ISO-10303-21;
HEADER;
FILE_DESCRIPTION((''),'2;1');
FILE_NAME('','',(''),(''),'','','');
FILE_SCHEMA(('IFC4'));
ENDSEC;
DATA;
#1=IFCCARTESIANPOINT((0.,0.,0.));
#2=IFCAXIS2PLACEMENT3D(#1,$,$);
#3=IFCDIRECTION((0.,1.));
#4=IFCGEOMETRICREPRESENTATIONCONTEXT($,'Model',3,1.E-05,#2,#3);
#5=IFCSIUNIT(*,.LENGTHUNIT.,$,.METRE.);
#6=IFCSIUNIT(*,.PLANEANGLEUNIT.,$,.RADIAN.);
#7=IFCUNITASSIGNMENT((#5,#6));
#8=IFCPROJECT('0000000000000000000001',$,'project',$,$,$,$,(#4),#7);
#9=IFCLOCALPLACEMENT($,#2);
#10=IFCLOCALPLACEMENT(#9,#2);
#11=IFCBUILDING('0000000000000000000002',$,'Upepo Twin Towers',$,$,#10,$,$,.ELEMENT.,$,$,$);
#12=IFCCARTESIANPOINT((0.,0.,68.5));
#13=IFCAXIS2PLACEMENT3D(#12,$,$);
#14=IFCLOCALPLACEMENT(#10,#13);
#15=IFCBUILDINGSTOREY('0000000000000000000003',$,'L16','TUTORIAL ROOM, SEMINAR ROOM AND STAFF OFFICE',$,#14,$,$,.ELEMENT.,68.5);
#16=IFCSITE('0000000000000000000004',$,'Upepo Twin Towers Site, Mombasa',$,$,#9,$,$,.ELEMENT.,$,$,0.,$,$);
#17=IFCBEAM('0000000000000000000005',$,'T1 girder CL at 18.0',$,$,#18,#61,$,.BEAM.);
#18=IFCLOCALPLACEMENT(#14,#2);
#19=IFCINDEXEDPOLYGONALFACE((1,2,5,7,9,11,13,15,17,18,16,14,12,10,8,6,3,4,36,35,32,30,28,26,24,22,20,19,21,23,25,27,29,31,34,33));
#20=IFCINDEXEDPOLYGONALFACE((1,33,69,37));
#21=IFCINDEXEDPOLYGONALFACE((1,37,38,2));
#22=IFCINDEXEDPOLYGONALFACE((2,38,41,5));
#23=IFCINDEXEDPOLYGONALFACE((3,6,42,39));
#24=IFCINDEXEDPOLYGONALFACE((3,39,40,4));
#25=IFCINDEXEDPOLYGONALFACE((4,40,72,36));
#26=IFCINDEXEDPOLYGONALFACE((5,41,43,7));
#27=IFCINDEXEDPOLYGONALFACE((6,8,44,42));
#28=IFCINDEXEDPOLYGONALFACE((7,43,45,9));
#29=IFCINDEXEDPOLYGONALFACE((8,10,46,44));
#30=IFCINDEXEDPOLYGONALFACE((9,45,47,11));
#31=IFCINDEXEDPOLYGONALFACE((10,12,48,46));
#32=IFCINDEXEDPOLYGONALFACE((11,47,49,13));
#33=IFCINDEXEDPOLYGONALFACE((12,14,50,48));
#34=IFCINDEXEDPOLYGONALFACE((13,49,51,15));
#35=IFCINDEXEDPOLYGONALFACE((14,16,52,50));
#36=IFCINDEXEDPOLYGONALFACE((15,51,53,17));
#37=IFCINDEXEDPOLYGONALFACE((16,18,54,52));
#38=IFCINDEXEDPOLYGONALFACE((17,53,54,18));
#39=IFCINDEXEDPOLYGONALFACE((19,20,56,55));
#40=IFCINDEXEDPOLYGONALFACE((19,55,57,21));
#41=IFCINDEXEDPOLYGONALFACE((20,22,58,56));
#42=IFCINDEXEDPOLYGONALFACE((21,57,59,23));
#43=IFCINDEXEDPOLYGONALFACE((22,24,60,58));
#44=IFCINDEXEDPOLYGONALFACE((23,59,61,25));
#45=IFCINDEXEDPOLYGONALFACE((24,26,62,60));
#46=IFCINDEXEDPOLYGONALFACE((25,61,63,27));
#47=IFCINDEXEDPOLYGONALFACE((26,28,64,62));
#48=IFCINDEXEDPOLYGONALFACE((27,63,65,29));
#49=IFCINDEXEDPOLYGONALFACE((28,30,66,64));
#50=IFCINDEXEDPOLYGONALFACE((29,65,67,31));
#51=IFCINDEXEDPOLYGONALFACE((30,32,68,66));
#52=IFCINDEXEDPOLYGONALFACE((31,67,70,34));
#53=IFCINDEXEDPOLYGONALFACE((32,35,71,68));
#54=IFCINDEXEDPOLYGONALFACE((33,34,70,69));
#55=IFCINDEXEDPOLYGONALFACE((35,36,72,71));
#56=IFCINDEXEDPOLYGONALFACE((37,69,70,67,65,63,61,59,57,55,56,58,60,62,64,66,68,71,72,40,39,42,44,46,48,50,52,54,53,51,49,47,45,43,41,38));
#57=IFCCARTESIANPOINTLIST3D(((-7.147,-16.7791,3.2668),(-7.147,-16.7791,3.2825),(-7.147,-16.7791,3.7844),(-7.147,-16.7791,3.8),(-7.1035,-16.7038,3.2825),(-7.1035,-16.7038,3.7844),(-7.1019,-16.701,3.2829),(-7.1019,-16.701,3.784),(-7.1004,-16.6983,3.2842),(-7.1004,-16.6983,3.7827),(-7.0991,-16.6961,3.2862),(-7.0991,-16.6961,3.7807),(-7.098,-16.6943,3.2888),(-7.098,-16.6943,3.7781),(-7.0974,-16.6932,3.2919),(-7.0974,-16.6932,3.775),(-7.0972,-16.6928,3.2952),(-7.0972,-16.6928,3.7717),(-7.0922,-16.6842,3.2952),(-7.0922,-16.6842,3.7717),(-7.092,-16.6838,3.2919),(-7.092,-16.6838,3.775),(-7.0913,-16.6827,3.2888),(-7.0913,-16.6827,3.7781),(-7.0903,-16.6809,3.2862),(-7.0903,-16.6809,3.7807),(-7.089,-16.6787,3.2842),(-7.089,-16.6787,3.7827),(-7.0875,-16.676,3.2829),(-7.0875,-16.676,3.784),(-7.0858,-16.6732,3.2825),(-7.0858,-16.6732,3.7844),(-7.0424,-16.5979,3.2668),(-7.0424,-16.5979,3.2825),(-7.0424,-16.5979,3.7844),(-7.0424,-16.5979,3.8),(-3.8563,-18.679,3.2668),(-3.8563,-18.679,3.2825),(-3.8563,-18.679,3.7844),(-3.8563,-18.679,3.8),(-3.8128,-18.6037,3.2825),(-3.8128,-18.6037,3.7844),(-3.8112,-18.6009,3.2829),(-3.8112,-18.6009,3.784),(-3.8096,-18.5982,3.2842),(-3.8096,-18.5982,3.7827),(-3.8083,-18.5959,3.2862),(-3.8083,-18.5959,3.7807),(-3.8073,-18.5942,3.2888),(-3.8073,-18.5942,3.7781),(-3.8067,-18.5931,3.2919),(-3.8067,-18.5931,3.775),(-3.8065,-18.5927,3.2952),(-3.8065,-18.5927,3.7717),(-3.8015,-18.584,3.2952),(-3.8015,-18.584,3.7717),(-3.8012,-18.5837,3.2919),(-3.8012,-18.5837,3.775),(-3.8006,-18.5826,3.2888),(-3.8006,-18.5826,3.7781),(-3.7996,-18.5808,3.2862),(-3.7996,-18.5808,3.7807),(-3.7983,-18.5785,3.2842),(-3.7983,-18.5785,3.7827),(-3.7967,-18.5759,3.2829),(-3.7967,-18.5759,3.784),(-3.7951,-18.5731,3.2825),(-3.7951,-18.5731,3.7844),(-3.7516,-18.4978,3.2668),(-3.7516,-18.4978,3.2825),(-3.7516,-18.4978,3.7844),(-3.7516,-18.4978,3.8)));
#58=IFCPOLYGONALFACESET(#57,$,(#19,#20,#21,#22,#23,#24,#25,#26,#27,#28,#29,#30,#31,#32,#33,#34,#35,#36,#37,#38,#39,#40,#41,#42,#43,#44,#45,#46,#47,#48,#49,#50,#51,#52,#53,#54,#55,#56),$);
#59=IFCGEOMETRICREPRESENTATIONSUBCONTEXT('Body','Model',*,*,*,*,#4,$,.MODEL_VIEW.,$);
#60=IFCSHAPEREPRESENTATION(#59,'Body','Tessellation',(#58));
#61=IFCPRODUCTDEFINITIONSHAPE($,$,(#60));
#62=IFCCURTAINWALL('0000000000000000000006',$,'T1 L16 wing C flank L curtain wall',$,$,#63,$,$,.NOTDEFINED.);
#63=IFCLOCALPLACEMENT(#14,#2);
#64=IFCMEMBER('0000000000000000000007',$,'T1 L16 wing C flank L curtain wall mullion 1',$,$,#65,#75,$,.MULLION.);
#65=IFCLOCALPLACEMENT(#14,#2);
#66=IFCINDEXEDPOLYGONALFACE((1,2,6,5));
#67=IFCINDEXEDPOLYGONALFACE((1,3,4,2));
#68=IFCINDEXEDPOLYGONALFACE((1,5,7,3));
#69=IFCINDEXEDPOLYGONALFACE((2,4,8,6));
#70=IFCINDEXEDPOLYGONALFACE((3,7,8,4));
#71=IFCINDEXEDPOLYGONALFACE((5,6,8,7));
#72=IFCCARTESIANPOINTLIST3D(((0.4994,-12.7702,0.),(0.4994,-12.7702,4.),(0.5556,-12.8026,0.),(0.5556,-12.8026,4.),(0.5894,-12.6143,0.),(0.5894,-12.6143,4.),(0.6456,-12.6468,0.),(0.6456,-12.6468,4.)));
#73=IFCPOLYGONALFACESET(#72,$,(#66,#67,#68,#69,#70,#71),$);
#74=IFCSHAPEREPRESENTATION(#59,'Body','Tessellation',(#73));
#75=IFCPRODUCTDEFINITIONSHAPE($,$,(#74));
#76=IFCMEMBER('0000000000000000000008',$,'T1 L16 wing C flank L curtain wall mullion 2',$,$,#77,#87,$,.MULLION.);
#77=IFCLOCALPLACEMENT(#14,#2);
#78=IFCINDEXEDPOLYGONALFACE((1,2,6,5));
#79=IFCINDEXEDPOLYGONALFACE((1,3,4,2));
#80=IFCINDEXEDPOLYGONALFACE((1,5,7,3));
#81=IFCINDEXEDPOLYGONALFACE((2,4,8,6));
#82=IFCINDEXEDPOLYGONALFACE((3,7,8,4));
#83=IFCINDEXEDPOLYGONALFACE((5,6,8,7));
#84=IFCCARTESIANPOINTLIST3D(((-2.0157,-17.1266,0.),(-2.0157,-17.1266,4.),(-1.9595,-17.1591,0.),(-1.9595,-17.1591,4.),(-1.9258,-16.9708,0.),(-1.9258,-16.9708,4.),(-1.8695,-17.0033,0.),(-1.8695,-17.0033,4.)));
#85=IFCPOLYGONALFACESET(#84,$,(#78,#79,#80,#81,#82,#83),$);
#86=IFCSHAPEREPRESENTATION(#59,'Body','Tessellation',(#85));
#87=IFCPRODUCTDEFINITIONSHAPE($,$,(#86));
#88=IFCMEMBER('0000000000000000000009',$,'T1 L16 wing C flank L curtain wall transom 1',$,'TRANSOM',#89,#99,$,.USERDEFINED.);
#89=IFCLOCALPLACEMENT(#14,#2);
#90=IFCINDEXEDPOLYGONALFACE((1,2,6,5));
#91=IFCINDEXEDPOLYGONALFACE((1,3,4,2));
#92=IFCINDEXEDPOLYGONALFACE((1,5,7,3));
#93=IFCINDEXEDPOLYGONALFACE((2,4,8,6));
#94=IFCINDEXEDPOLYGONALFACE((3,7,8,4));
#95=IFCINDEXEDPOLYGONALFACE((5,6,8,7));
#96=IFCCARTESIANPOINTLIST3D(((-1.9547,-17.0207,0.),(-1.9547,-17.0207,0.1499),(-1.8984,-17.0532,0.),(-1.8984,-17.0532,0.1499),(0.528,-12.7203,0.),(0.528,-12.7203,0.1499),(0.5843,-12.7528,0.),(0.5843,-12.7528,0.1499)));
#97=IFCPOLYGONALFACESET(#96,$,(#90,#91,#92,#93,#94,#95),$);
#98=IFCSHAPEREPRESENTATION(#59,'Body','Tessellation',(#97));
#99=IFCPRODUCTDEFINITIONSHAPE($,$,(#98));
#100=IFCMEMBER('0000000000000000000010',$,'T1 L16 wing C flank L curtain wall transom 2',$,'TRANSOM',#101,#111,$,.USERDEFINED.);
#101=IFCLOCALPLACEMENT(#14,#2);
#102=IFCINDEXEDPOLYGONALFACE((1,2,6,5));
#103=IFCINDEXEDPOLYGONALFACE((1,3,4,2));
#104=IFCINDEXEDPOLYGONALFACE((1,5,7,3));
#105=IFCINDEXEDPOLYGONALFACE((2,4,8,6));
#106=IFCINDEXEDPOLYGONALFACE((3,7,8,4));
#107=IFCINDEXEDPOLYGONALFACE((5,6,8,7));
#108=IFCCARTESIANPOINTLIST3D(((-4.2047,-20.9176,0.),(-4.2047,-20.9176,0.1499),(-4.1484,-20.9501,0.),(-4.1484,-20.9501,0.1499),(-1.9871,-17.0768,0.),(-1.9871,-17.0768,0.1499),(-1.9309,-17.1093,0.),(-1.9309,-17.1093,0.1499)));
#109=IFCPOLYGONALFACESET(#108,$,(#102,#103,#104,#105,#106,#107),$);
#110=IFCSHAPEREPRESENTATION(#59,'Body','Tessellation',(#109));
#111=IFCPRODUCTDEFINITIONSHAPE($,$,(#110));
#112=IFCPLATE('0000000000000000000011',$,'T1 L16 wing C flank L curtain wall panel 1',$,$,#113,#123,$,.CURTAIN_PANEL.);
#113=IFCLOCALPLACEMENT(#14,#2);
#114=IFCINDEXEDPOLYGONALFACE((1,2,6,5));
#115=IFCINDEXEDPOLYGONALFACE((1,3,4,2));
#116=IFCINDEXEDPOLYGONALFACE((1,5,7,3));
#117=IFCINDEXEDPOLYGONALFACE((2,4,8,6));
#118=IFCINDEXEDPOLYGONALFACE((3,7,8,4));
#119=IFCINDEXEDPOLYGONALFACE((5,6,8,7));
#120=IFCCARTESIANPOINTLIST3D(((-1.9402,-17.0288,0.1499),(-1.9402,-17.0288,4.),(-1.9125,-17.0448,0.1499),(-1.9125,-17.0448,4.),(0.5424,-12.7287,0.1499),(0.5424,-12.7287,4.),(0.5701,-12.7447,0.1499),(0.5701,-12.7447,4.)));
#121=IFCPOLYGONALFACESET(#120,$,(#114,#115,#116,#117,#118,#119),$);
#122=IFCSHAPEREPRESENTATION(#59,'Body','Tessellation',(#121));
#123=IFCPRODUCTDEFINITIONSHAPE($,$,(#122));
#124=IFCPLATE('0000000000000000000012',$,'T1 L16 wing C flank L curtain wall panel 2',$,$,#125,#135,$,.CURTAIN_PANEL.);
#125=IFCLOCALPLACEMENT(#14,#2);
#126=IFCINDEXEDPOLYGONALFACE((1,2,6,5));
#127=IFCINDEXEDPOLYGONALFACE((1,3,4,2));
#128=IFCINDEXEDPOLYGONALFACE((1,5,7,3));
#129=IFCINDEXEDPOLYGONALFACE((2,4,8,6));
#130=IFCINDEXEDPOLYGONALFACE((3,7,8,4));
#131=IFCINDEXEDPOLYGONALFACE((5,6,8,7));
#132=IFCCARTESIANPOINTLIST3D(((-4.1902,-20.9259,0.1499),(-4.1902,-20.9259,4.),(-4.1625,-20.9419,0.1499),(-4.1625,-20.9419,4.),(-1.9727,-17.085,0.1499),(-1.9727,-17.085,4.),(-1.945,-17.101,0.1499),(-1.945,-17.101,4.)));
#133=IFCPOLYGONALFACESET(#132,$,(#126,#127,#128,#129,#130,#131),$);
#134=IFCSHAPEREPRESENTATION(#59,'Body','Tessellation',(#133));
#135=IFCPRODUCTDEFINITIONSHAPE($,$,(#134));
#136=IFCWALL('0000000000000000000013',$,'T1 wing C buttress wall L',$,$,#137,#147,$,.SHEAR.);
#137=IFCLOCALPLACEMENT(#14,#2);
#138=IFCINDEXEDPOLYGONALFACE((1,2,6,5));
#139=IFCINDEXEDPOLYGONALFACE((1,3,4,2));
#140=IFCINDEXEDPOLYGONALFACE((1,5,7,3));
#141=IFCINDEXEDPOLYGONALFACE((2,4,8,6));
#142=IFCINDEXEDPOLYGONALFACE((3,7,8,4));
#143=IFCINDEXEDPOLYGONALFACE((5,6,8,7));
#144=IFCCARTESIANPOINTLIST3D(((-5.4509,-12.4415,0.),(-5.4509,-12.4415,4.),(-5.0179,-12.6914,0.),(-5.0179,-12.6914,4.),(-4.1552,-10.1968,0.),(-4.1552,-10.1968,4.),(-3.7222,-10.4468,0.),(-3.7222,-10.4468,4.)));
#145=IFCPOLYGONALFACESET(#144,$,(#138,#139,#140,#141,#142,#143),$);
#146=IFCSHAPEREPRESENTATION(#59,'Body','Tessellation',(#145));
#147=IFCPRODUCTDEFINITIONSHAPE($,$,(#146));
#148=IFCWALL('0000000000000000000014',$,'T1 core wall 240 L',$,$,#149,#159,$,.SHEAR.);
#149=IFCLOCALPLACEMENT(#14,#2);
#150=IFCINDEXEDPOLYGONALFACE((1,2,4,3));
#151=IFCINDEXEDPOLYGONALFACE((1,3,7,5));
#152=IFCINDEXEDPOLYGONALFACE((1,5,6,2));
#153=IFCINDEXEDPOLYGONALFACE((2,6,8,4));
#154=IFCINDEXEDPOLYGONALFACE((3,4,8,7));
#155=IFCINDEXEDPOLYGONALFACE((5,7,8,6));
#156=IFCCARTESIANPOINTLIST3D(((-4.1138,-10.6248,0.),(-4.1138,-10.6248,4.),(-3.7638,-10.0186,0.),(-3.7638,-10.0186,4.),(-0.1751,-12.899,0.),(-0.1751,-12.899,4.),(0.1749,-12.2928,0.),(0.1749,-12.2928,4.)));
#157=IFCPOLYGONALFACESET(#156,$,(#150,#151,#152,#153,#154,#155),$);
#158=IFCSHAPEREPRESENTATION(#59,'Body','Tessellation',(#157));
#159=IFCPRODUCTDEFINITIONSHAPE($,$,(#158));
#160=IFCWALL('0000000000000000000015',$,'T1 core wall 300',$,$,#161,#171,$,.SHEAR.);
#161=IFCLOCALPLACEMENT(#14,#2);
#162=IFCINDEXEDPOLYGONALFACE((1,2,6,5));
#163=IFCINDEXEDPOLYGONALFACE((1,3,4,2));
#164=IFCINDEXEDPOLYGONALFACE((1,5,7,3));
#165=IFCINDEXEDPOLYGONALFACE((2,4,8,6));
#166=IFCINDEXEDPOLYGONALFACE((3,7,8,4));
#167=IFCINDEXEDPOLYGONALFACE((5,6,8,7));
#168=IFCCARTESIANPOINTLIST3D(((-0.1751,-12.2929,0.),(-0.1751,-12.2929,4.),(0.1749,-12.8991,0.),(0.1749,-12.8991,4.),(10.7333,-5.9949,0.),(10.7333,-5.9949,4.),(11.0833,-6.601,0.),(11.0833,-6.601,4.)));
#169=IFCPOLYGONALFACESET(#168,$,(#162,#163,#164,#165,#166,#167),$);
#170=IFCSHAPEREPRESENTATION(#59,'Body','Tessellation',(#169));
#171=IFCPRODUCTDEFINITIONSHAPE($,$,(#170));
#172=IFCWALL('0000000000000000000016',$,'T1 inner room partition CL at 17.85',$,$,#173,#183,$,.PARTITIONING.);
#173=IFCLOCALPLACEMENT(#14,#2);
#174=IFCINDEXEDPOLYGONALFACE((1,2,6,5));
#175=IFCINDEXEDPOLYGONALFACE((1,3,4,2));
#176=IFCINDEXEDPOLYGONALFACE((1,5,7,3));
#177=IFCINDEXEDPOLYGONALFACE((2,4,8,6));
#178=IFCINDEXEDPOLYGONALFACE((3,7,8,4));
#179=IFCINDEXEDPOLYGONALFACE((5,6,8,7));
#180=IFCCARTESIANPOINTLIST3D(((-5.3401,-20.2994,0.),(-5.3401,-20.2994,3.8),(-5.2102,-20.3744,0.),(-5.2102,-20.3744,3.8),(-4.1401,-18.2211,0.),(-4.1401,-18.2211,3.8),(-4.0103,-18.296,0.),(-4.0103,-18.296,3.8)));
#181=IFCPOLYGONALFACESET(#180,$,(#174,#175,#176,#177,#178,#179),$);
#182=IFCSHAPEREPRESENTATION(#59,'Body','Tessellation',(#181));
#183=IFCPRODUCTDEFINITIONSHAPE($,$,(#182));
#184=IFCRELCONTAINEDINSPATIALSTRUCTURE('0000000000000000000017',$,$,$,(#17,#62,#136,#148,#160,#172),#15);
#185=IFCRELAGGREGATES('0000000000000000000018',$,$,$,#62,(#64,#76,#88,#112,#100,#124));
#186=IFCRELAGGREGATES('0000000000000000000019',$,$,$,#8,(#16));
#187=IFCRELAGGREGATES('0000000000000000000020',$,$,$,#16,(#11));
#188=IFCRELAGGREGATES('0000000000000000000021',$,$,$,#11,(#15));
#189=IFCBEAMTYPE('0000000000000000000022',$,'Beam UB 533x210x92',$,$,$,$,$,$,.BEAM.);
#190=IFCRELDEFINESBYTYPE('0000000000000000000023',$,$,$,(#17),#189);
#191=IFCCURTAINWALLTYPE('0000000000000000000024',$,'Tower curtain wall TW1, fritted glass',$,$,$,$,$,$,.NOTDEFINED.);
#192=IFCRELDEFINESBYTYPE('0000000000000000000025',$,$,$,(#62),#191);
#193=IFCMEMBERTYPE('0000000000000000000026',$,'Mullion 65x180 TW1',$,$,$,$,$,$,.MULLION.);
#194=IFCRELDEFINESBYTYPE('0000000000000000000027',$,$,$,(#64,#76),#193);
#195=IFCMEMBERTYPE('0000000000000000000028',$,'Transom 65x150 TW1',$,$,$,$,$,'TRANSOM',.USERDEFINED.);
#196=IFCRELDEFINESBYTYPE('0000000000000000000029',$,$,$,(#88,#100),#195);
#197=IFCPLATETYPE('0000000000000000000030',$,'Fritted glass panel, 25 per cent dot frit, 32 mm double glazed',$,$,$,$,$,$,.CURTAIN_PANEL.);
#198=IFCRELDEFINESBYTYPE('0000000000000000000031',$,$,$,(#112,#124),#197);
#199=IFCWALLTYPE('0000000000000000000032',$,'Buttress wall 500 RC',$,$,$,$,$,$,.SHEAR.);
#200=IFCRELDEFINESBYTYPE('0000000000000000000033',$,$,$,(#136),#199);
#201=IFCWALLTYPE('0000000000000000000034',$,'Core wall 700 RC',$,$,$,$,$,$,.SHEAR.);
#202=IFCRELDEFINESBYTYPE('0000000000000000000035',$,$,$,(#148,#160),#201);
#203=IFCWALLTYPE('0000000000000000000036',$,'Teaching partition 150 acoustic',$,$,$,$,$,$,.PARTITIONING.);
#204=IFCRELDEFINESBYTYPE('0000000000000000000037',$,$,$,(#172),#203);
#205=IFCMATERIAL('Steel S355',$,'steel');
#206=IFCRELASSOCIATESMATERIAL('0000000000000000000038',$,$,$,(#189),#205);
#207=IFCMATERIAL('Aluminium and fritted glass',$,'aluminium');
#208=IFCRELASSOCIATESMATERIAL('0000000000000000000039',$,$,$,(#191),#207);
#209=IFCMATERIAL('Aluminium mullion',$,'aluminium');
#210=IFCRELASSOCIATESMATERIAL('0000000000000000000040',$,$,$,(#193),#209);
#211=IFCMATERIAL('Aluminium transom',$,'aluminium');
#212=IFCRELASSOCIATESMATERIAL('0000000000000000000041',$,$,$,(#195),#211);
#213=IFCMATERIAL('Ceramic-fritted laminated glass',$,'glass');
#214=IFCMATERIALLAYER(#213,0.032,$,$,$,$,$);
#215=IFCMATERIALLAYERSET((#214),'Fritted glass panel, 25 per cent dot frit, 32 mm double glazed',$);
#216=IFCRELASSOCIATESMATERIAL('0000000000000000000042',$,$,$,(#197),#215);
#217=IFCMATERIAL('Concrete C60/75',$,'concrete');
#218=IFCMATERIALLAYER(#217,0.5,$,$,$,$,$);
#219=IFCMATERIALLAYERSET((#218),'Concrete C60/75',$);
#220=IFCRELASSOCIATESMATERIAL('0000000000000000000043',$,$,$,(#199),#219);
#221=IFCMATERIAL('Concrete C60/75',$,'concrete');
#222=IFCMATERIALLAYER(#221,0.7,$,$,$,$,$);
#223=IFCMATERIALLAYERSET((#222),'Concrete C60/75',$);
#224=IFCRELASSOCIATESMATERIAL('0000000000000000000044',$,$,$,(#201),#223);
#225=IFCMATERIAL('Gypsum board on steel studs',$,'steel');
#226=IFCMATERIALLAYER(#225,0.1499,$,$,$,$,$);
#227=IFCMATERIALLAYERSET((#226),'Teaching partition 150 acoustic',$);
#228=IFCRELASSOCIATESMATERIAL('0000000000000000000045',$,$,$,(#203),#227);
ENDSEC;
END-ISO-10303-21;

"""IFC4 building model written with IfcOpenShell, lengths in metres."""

from ifc_helpers import new_model, si_unit, direction, frame, frame_2d, origin, origin_2d, place, context, subcontext, project, spatial, rectangle, i_section, extrude, material, layer, layer_set, material_profile, profile_set, type_object, element, aggregate, save


model = new_model("IFC4")

# Units and contexts
model_context = context("Model", 3, precision=1e-05, world=origin(), true_north=direction((0.0, 1.0)))
body_context = subcontext(model_context, "Body", "Model", "MODEL_VIEW")
ifc_project = project(units=[si_unit("LENGTHUNIT", "METRE"), si_unit("PLANEANGLEUNIT", "RADIAN")], contexts=[model_context])

# Site, building, storey
site_placement = place(None, origin())
site = spatial("IfcSite", under=ifc_project, at=site_placement, Name="Upepo Twin Towers Site, Mombasa", CompositionType="ELEMENT", RefElevation=0.0)
building_placement = place(site_placement, origin())
building = spatial("IfcBuilding", under=site, at=building_placement, Name="Upepo Twin Towers", CompositionType="ELEMENT")
storey_placement = place(building_placement, frame((0.0, 0.0, 68.5)))
storey = spatial("IfcBuildingStorey", under=building, at=storey_placement, Name="L16", Description="TUTORIAL ROOM, SEMINAR ROOM AND STAFF OFFICE", CompositionType="ELEMENT", Elevation=68.5)

# Beam
ifc_material_1 = material(Name="Steel S355", Category="steel")
ifc_material_profile_1 = material_profile(ifc_material_1, i_section(OverallWidth=0.2092, OverallDepth=0.5332, WebThickness=0.01, FlangeThickness=0.0156, FilletRadius=0.0127, at=origin_2d()), Name="UB 533x210x92")
ifc_profile_set_1 = profile_set([ifc_material_profile_1], Name="Steel S355")
beam_type_1 = type_object("IfcBeamType", Name="Beam UB 533x210x92", PredefinedType="BEAM", material=ifc_profile_set_1)
beam_1_placement = place(storey_placement, frame((-3.804, -18.5884, 3.5334), z_axis=(-0.866028, 0.499995, 0.0), x_axis=(-0.499995, -0.866028, 0.0)))
element("IfcBeam", 1, at=beam_1_placement, inside=storey, type_object=beam_type_1, Name="T1 girder CL at 18.0", PredefinedType="BEAM", context=body_context, shape_type="SweptSolid", body=[
    extrude(i_section(OverallWidth=0.2092, OverallDepth=0.5332, WebThickness=0.01, FlangeThickness=0.0156, FilletRadius=0.0127, at=origin_2d()), origin(), (0.0, 0.0, 1.0), 3.7998),
])

# Curtain wall, members, plates
ifc_material_2 = material(Name="Aluminium and fritted glass", Category="aluminium")
curtain_wall_type = type_object("IfcCurtainWallType", Name="Tower curtain wall TW1, fritted glass", PredefinedType="NOTDEFINED", material=ifc_material_2)
curtain_wall_placement = place(storey_placement, origin())
curtain_wall = element("IfcCurtainWall", 2, at=curtain_wall_placement, inside=storey, type_object=curtain_wall_type, Name="T1 L16 wing C flank L curtain wall", PredefinedType="NOTDEFINED")
ifc_material_3 = material(Name="Aluminium mullion", Category="aluminium")
ifc_material_profile_2 = material_profile(ifc_material_3, rectangle(XDim=0.0649, YDim=0.1799, at=origin_2d()), Name="MULLION 65x180")
ifc_profile_set_2 = profile_set([ifc_material_profile_2], Name="Aluminium mullion")
member_type_1 = type_object("IfcMemberType", Name="Mullion 65x180 TW1", PredefinedType="MULLION", material=ifc_profile_set_2)
member_1_placement = place(storey_placement, frame((0.5725, -12.7085, 0.0), z_axis=(0.0, 0.0, 1.0), x_axis=(0.866025, -0.5, 0.0)))
member_1 = element("IfcMember", 3, at=member_1_placement, type_object=member_type_1, Name="T1 L16 wing C flank L curtain wall mullion 1", PredefinedType="MULLION", context=body_context, shape_type="SweptSolid", body=[
    extrude(rectangle(XDim=0.0649, YDim=0.1799, at=origin_2d()), origin(), (0.0, 0.0, 1.0), 4.0),
])
member_2_placement = place(storey_placement, frame((-1.9426, -17.0649, 0.0), z_axis=(0.0, 0.0, 1.0), x_axis=(0.866025, -0.5, 0.0)))
member_2 = element("IfcMember", 4, at=member_2_placement, type_object=member_type_1, Name="T1 L16 wing C flank L curtain wall mullion 2", PredefinedType="MULLION", context=body_context, shape_type="SweptSolid", body=[
    extrude(rectangle(XDim=0.0649, YDim=0.1799, at=origin_2d()), origin(), (0.0, 0.0, 1.0), 4.0),
])
ifc_material_4 = material(Name="Aluminium transom", Category="aluminium")
ifc_material_profile_3 = material_profile(ifc_material_4, rectangle(XDim=0.0649, YDim=0.1499, at=origin_2d()), Name="TRANSOM 65x150")
ifc_profile_set_3 = profile_set([ifc_material_profile_3], Name="Aluminium transom")
member_type_2 = type_object("IfcMemberType", Name="Transom 65x150 TW1", ElementType="TRANSOM", PredefinedType="USERDEFINED", material=ifc_profile_set_3)
member_3_placement = place(storey_placement, frame((0.5562, -12.7366, 0.075), z_axis=(-0.499983, -0.866035, 0.0), x_axis=(0.866035, -0.499983, 0.0)))
member_3 = element("IfcMember", 5, at=member_3_placement, type_object=member_type_2, Name="T1 L16 wing C flank L curtain wall transom 1", ObjectType="TRANSOM", PredefinedType="USERDEFINED", context=body_context, shape_type="SweptSolid", body=[
    extrude(rectangle(XDim=0.0649, YDim=0.1499, at=origin_2d()), origin(), (0.0, 0.0, 1.0), 4.9656),
])
member_4_placement = place(storey_placement, frame((-1.959, -17.093, 0.075), z_axis=(-0.500005, -0.866022, 0.0), x_axis=(0.866022, -0.500005, 0.0)))
member_4 = element("IfcMember", 6, at=member_4_placement, type_object=member_type_2, Name="T1 L16 wing C flank L curtain wall transom 2", ObjectType="TRANSOM", PredefinedType="USERDEFINED", context=body_context, shape_type="SweptSolid", body=[
    extrude(rectangle(XDim=0.0649, YDim=0.1499, at=origin_2d()), origin(), (0.0, 0.0, 1.0), 4.4351),
])
ifc_material_5 = material(Name="Ceramic-fritted laminated glass", Category="glass")
ifc_layer_1 = layer(ifc_material_5, 0.032)
ifc_layer_set_1 = layer_set([ifc_layer_1], Name="Fritted glass panel, 25 per cent dot frit, 32 mm double glazed")
plate_type = type_object("IfcPlateType", Name="Fritted glass panel, 25 per cent dot frit, 32 mm double glazed", PredefinedType="CURTAIN_PANEL", material=ifc_layer_set_1)
plate_1_placement = place(storey_placement, frame((-0.6851, -14.8867, 0.1499), z_axis=(0.0, 0.0, 1.0), x_axis=(-0.5, -0.866025, 0.0)))
plate_1 = element("IfcPlate", 7, at=plate_1_placement, type_object=plate_type, Name="T1 L16 wing C flank L curtain wall panel 1", PredefinedType="CURTAIN_PANEL", context=body_context, shape_type="SweptSolid", body=[
    extrude(rectangle(XDim=4.9653, YDim=0.032, at=origin_2d()), origin(), (0.0, 0.0, 1.0), 3.8501),
])
plate_2_placement = place(storey_placement, frame((-3.0676, -19.0134, 0.1499), z_axis=(0.0, 0.0, 1.0), x_axis=(-0.5, -0.866025, 0.0)))
plate_2 = element("IfcPlate", 8, at=plate_2_placement, type_object=plate_type, Name="T1 L16 wing C flank L curtain wall panel 2", PredefinedType="CURTAIN_PANEL", context=body_context, shape_type="SweptSolid", body=[
    extrude(rectangle(XDim=4.4351, YDim=0.032, at=origin_2d()), origin(), (0.0, 0.0, 1.0), 3.8501),
])
aggregate(curtain_wall, [member_1, member_2, member_3, plate_1, member_4, plate_2])

# Walls
ifc_material_6 = material(Name="Concrete C60/75", Category="concrete")
ifc_layer_2 = layer(ifc_material_6, 0.5)
ifc_layer_set_2 = layer_set([ifc_layer_2], Name="Concrete C60/75")
wall_type_1 = type_object("IfcWallType", Name="Buttress wall 500 RC", PredefinedType="SHEAR", material=ifc_layer_set_2)
wall_1_placement = place(storey_placement, frame((-3.9387, -10.3218, 0.0), z_axis=(0.0, 0.0, 1.0), x_axis=(-0.499918, -0.866073, 0.0)))
element("IfcWall", 9, at=wall_1_placement, inside=storey, type_object=wall_type_1, Name="T1 wing C buttress wall L", PredefinedType="SHEAR", context=body_context, shape_type="SweptSolid", body=[
    extrude(rectangle(XDim=2.5918, YDim=0.5, at=frame_2d((1.2959, 0.0))), origin(), (0.0, 0.0, 1.0), 4.0),
])
ifc_material_7 = material(Name="Concrete C60/75", Category="concrete")
ifc_layer_3 = layer(ifc_material_7, 0.7)
ifc_layer_set_3 = layer_set([ifc_layer_3], Name="Concrete C60/75")
wall_type_2 = type_object("IfcWallType", Name="Core wall 700 RC", PredefinedType="SHEAR", material=ifc_layer_set_3)
wall_2_placement = place(storey_placement, frame((-3.9387, -10.3218, 0.0), z_axis=(0.0, 0.0, 1.0), x_axis=(0.866011, -0.500024, 0.0)))
element("IfcWall", 10, at=wall_2_placement, inside=storey, type_object=wall_type_2, Name="T1 core wall 240 L", PredefinedType="SHEAR", context=body_context, shape_type="SweptSolid", body=[
    extrude(rectangle(XDim=4.5481, YDim=0.7, at=frame_2d((2.2739, 0.0))), origin(), (0.0, 0.0, 1.0), 4.0),
])
wall_3_placement = place(storey_placement, frame((0.0, -12.5959, 0.0), z_axis=(0.0, 0.0, 1.0), x_axis=(0.866022, 0.500006, 0.0)))
element("IfcWall", 11, at=wall_3_placement, inside=storey, type_object=wall_type_2, Name="T1 core wall 300", PredefinedType="SHEAR", context=body_context, shape_type="SweptSolid", body=[
    extrude(rectangle(XDim=12.5959, YDim=0.7, at=frame_2d((6.2979, 0.0))), origin(), (0.0, 0.0, 1.0), 4.0),
])
ifc_material_8 = material(Name="Gypsum board on steel studs", Category="steel")
ifc_layer_4 = layer(ifc_material_8, 0.1499)
ifc_layer_set_4 = layer_set([ifc_layer_4], Name="Teaching partition 150 acoustic")
wall_type_3 = type_object("IfcWallType", Name="Teaching partition 150 acoustic", PredefinedType="PARTITIONING", material=ifc_layer_set_4)
wall_4_placement = place(storey_placement, frame((-4.0752, -18.2585, 0.0), z_axis=(0.0, 0.0, 1.0), x_axis=(-0.500001, -0.866025, 0.0)))
element("IfcWall", 12, at=wall_4_placement, inside=storey, type_object=wall_type_3, Name="T1 inner room partition CL at 17.85", PredefinedType="PARTITIONING", context=body_context, shape_type="SweptSolid", body=[
    extrude(rectangle(XDim=2.3999, YDim=0.1499, at=frame_2d((1.2, 0.0))), origin(), (0.0, 0.0, 1.0), 3.8),
])

save(model, "model.ifc")
